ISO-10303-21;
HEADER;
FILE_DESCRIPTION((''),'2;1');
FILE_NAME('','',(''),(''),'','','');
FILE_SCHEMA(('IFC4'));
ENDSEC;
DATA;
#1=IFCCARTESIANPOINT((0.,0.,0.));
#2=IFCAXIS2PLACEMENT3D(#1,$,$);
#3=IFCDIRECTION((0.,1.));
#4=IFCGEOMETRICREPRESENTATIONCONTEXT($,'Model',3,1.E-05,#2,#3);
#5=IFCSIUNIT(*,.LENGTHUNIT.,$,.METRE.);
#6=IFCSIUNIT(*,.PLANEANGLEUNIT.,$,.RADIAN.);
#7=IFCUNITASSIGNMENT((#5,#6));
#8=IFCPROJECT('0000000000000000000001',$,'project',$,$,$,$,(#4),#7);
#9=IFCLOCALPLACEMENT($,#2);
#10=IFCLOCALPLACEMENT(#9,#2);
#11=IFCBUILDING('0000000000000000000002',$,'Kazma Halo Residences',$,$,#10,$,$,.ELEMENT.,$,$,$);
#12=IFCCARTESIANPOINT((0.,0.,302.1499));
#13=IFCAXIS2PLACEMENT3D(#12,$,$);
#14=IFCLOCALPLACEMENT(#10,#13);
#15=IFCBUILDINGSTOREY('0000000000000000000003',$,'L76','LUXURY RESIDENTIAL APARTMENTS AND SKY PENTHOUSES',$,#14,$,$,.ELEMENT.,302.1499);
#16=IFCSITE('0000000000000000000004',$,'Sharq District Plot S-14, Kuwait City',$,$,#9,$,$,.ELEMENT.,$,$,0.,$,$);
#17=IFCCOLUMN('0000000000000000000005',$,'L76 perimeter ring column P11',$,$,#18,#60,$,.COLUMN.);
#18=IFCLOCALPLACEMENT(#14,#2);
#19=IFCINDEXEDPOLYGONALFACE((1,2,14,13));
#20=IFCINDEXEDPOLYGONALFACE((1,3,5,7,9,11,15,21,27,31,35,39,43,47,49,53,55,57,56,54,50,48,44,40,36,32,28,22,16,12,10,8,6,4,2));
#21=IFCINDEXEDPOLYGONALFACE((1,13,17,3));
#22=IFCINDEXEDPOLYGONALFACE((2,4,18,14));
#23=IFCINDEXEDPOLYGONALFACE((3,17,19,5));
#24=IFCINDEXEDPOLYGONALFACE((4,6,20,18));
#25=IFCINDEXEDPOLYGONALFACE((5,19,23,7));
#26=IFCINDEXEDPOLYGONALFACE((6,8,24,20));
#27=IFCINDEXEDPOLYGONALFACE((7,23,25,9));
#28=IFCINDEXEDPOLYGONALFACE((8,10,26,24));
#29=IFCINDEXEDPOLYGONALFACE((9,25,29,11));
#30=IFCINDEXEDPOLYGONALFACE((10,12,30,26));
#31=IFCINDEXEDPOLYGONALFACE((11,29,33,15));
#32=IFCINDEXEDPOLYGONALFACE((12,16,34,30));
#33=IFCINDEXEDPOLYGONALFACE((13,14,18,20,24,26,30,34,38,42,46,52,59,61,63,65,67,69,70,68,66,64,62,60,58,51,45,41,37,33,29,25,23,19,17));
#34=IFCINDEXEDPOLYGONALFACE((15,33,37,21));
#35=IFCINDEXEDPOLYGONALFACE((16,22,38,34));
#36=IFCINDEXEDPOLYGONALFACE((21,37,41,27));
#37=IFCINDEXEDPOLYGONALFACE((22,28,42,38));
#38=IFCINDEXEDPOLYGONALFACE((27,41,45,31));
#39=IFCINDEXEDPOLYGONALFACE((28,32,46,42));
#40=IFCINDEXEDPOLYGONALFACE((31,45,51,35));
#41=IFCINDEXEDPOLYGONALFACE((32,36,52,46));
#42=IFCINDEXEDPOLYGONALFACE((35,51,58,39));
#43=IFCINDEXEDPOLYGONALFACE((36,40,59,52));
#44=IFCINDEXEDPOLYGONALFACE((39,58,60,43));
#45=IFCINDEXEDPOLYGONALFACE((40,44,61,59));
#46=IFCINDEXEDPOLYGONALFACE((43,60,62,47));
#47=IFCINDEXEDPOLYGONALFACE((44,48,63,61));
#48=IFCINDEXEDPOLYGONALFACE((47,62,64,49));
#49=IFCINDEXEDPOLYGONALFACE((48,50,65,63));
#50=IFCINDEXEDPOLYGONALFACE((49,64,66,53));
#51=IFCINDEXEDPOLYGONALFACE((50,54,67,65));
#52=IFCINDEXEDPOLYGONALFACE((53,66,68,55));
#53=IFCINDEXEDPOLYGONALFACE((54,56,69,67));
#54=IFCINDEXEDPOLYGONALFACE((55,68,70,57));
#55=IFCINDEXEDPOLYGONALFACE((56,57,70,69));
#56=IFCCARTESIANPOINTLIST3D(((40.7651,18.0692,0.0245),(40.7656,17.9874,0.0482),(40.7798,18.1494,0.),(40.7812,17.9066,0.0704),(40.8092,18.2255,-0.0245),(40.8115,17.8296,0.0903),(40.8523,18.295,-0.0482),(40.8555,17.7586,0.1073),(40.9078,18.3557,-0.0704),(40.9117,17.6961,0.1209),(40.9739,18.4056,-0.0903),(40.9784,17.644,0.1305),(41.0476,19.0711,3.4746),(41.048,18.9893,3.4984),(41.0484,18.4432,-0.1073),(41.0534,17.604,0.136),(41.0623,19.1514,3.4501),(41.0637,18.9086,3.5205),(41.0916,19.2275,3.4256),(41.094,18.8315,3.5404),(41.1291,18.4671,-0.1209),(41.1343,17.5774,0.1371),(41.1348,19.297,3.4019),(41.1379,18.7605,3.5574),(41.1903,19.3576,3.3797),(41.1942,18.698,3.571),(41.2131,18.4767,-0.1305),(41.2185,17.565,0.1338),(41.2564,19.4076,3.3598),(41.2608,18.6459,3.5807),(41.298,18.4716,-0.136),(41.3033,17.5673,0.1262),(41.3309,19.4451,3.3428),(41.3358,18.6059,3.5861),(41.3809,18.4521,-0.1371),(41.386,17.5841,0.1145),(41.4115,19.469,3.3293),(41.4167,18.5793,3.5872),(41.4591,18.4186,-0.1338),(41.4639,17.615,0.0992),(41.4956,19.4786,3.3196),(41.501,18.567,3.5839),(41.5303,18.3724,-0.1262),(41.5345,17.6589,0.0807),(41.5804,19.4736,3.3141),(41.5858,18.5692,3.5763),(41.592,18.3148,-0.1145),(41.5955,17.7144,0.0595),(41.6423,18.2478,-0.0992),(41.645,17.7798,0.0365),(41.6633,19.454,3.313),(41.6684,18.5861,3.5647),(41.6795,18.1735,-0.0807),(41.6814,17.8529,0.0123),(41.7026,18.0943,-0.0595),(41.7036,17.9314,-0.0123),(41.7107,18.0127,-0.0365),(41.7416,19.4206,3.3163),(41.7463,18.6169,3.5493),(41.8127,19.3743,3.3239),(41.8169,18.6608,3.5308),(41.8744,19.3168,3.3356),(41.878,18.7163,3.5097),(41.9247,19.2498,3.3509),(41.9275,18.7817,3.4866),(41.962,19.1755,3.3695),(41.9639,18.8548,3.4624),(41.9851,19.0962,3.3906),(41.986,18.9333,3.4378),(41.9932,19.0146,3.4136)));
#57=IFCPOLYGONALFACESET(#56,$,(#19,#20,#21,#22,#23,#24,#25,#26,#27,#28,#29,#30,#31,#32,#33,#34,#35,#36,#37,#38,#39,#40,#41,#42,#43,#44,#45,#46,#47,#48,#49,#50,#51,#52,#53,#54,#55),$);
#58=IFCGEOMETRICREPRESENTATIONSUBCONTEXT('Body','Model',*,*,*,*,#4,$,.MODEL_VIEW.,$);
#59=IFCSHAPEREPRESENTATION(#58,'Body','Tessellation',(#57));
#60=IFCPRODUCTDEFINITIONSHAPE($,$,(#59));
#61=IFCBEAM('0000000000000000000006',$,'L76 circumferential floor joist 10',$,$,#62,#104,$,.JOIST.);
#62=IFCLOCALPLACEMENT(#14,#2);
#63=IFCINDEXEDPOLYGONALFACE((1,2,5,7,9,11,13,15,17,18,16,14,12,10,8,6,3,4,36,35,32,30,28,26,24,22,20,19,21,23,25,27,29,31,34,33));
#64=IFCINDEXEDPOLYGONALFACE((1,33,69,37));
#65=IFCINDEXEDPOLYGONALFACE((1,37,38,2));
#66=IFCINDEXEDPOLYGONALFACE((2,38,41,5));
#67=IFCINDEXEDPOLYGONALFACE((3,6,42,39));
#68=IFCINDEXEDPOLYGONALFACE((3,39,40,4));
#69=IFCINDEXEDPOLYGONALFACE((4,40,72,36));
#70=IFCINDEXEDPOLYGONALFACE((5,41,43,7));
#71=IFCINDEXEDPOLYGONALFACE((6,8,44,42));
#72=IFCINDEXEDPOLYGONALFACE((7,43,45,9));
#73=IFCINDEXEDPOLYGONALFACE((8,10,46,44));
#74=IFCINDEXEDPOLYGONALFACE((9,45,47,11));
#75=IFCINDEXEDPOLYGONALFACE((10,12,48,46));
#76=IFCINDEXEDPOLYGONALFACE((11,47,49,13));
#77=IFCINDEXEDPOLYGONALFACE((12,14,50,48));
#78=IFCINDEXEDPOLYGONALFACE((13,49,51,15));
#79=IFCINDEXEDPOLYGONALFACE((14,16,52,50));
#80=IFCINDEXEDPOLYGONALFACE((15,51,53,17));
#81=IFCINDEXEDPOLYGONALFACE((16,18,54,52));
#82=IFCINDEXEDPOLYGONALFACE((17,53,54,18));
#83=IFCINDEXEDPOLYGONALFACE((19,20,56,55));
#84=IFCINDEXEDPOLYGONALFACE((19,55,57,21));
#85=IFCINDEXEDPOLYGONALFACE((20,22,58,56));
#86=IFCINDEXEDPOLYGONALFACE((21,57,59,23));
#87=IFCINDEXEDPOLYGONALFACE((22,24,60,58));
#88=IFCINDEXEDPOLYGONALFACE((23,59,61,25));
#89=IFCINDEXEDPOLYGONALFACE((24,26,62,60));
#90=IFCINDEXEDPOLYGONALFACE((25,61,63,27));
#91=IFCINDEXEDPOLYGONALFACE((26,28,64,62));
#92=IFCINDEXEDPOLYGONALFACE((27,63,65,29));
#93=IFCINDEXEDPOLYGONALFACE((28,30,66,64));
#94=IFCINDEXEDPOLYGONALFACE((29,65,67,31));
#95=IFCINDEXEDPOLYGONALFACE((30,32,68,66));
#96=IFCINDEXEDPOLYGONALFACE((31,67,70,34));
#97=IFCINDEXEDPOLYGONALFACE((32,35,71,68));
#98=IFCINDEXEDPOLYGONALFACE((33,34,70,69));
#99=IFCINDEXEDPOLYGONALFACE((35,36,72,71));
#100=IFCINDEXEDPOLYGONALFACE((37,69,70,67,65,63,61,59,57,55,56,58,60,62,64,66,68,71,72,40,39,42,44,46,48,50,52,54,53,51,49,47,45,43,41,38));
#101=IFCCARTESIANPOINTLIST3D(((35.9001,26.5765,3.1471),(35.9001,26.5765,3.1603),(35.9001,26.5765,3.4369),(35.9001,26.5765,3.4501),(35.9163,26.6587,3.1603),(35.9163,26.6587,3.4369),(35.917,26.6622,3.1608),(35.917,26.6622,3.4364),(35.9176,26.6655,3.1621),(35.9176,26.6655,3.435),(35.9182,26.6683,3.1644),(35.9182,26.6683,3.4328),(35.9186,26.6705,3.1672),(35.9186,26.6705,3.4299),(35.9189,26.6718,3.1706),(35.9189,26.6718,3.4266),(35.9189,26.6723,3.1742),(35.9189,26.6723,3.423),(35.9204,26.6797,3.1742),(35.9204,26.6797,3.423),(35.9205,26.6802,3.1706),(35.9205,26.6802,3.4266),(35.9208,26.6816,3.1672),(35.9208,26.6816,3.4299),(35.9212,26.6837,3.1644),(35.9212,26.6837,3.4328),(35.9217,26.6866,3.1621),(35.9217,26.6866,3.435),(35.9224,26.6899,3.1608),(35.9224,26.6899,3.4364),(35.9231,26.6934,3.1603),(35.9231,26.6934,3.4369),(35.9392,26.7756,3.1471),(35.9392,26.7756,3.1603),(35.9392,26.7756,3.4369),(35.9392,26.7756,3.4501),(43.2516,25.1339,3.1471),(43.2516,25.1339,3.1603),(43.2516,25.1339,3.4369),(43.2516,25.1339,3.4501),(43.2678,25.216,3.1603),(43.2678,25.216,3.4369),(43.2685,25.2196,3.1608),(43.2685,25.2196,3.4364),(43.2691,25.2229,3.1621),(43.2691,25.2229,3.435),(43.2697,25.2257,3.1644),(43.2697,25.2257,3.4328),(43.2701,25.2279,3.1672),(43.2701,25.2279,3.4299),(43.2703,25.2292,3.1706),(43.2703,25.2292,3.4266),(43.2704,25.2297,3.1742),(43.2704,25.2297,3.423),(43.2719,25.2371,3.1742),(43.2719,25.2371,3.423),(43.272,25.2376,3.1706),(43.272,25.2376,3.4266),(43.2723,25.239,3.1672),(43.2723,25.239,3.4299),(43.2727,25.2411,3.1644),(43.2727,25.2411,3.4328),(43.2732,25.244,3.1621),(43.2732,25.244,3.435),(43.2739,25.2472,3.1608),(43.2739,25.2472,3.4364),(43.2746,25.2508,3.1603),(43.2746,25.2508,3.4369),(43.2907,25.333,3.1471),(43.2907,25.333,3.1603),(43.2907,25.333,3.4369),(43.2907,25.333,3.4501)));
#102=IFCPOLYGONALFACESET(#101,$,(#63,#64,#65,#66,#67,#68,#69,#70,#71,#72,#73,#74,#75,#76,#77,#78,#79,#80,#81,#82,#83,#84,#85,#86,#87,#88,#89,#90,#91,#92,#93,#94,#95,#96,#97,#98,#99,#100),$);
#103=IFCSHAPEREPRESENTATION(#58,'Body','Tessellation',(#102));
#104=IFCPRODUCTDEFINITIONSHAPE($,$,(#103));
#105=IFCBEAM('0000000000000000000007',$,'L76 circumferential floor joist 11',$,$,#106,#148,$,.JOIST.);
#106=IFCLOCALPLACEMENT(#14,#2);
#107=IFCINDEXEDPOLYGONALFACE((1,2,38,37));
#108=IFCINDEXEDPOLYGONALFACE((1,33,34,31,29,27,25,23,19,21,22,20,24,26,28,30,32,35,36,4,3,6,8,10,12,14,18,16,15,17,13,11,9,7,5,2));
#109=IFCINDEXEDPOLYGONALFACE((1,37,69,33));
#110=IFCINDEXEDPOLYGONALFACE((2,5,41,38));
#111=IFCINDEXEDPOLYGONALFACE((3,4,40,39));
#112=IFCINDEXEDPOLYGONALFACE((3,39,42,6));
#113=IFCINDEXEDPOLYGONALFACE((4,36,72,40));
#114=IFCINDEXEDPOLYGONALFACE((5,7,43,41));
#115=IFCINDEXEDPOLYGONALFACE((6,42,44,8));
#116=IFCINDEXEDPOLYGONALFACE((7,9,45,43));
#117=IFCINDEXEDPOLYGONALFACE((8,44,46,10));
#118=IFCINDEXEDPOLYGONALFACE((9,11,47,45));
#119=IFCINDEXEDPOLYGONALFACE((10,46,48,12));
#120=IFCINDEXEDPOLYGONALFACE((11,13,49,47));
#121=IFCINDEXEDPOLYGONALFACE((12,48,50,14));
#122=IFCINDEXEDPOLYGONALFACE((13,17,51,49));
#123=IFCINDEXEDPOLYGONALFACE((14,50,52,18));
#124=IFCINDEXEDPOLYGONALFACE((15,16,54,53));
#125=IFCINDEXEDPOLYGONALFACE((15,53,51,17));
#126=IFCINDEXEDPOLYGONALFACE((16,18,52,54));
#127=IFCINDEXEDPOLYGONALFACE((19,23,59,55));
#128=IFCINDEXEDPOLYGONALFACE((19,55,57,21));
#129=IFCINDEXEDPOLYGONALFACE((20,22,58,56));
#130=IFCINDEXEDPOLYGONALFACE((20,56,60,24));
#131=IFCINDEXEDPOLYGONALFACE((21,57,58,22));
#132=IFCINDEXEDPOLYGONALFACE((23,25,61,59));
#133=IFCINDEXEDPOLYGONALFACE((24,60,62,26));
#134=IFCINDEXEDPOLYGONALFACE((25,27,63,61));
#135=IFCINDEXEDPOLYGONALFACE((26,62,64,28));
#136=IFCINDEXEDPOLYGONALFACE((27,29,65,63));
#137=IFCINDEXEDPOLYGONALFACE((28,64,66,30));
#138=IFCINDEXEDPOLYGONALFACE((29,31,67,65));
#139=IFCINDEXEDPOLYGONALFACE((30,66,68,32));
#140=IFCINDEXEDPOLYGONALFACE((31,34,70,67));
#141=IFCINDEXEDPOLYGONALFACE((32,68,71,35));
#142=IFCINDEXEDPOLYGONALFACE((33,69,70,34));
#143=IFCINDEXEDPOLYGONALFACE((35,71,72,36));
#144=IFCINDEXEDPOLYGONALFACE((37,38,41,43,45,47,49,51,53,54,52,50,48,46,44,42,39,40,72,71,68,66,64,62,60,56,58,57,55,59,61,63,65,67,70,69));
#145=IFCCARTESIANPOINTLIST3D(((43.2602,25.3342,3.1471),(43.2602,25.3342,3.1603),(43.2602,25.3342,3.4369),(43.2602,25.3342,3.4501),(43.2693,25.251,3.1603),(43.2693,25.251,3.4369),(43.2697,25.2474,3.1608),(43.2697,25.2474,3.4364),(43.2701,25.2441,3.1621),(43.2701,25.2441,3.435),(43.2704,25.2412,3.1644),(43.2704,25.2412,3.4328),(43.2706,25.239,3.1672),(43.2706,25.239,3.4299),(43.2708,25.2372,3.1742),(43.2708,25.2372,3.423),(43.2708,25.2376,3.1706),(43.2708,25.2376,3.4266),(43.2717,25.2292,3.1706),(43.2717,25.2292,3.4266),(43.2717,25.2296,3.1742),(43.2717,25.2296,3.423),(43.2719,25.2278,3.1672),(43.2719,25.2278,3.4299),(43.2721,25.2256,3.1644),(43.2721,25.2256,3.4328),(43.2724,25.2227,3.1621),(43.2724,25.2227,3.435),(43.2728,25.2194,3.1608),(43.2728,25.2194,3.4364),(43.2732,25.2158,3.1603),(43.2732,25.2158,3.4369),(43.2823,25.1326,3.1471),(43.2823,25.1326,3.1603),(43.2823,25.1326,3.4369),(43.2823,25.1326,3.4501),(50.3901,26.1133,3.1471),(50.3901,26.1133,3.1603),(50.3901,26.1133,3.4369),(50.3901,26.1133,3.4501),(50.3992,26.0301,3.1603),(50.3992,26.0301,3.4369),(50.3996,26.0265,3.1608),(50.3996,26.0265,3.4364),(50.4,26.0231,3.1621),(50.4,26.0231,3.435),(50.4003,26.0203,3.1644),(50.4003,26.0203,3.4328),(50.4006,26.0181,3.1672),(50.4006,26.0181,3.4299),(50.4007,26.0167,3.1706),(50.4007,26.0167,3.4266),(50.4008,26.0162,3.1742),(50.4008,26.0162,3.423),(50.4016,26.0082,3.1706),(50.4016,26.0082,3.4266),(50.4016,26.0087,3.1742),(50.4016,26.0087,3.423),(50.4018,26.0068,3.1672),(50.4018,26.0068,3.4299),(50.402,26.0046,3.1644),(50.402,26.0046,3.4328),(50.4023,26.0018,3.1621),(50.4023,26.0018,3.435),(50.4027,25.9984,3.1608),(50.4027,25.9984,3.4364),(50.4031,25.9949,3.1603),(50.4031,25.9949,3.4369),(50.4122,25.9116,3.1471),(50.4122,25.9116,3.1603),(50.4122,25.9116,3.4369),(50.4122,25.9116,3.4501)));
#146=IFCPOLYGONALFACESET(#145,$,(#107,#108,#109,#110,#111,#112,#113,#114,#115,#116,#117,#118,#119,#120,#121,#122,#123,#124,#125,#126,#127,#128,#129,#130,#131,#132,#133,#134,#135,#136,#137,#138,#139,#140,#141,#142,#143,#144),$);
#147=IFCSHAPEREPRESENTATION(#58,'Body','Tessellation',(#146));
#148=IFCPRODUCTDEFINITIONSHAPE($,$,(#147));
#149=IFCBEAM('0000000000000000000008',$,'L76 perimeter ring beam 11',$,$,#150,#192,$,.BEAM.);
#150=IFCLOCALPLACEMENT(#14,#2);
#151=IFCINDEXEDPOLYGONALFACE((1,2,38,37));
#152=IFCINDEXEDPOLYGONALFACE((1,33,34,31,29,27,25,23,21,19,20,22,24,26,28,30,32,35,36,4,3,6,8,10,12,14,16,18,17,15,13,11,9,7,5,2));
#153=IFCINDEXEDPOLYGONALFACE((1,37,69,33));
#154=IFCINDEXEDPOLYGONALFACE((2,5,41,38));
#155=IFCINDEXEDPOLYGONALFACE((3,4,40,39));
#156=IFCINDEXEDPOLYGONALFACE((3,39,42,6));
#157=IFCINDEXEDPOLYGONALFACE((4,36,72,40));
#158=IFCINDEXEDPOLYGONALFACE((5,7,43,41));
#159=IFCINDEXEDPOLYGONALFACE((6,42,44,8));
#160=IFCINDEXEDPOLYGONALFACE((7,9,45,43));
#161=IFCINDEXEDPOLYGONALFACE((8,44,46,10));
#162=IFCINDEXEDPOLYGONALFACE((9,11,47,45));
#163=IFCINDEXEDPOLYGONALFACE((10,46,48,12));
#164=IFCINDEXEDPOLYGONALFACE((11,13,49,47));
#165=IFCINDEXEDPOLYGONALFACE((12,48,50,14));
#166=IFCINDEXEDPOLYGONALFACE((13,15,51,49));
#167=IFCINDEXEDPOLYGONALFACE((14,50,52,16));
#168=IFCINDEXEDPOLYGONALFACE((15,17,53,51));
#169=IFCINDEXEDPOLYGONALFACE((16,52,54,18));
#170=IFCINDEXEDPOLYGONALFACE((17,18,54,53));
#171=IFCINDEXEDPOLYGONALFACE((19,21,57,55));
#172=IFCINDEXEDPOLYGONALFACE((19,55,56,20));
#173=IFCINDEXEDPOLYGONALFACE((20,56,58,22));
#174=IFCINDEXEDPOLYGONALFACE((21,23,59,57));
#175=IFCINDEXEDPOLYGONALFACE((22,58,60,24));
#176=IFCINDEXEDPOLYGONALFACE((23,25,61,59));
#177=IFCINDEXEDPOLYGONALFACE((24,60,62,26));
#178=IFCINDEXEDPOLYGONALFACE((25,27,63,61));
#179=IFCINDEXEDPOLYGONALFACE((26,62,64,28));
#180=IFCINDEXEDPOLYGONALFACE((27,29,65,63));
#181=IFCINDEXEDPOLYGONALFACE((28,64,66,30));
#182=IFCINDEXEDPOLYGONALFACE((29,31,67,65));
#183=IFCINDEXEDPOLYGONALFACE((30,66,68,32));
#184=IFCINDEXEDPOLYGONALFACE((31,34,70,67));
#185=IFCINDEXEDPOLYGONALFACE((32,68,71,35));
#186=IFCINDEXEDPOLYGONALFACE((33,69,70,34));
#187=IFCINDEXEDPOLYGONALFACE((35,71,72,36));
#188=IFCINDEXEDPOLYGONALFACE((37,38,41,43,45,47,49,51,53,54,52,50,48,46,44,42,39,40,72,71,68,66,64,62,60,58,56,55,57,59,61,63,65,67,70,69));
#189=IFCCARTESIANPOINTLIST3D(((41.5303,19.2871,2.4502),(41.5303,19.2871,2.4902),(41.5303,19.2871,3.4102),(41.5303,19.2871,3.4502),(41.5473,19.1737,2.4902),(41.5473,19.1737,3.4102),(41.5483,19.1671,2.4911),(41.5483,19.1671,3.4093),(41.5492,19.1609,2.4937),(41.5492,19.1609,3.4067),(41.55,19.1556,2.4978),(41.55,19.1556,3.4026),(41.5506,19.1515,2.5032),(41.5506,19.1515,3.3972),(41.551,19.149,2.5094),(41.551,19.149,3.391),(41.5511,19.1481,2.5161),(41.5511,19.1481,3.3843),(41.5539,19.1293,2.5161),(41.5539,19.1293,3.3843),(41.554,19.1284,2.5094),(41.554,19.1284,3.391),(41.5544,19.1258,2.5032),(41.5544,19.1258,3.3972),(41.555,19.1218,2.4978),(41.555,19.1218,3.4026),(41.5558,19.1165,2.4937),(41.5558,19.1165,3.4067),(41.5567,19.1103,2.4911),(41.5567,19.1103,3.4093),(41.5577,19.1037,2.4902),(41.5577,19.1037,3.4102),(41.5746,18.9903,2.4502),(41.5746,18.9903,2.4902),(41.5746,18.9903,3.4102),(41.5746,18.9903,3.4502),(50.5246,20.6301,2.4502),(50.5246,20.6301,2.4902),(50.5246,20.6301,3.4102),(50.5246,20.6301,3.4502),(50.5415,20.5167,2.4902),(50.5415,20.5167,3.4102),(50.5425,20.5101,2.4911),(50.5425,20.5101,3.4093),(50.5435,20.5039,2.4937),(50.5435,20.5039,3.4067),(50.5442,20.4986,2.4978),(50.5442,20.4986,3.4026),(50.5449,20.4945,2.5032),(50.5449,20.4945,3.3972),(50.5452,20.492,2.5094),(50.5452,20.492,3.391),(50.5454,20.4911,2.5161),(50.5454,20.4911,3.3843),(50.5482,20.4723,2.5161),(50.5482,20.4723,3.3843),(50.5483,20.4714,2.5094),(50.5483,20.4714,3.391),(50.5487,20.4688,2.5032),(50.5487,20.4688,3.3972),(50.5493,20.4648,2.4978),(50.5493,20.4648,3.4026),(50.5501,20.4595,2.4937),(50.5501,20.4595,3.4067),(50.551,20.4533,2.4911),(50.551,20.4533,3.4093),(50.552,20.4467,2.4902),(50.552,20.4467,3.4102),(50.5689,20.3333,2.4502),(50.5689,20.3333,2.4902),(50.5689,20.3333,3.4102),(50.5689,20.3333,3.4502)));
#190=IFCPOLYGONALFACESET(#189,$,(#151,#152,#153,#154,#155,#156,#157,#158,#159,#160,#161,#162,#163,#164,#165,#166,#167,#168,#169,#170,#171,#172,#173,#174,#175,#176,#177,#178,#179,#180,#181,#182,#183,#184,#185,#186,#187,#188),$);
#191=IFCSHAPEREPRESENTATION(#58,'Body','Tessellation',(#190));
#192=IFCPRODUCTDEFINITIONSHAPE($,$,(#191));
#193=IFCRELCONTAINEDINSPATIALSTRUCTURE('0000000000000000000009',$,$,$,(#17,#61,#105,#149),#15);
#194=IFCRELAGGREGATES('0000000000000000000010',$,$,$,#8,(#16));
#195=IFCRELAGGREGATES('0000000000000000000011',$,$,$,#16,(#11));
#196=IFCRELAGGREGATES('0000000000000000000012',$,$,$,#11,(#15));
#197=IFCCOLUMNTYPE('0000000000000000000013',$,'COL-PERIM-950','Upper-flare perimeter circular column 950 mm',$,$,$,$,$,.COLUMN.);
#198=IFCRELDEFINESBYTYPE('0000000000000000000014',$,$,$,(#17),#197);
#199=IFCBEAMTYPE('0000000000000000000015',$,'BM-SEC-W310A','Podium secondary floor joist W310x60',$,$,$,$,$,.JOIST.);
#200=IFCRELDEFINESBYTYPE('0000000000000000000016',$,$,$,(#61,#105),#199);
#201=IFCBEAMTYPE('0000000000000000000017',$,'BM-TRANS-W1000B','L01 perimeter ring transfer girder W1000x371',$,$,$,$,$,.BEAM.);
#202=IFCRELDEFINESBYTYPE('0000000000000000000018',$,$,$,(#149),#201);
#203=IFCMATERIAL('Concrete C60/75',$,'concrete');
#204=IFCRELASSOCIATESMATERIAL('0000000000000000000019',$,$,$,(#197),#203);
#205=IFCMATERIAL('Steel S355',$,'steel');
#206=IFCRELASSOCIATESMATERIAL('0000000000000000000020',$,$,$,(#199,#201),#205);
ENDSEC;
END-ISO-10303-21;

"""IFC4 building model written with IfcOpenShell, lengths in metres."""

from ifc_helpers import new_model, si_unit, direction, frame, origin, origin_2d, place, context, subcontext, project, spatial, circle, i_section, extrude, material, material_profile, profile_set, type_object, element, save


model = new_model("IFC4")

# Units and contexts
model_context = context("Model", 3, precision=1e-05, world=origin(), true_north=direction((0.0, 1.0)))
body_context = subcontext(model_context, "Body", "Model", "MODEL_VIEW")
ifc_project = project(units=[si_unit("LENGTHUNIT", "METRE"), si_unit("PLANEANGLEUNIT", "RADIAN")], contexts=[model_context])

# Site, building, storey
site_placement = place(None, origin())
site = spatial("IfcSite", under=ifc_project, at=site_placement, Name="Sharq District Plot S-14, Kuwait City", CompositionType="ELEMENT", RefElevation=0.0)
building_placement = place(site_placement, origin())
building = spatial("IfcBuilding", under=site, at=building_placement, Name="Kazma Halo Residences", CompositionType="ELEMENT")
storey_placement = place(building_placement, frame((0.0, 0.0, 302.1499)))
storey = spatial("IfcBuildingStorey", under=building, at=storey_placement, Name="L76", Description="LUXURY RESIDENTIAL APARTMENTS AND SKY PENTHOUSES", CompositionType="ELEMENT", Elevation=302.1499)

# Column
ifc_material_1 = material(Name="Concrete C60/75", Category="concrete")
ifc_material_profile_1 = material_profile(ifc_material_1, circle(Radius=0.4751, at=origin_2d()), Name="CIRC950")
ifc_profile_set_1 = profile_set([ifc_material_profile_1], Name="Concrete C60/75")
column_type = type_object("IfcColumnType", Name="COL-PERIM-950", Description="Upper-flare perimeter circular column 950 mm", PredefinedType="COLUMN", material=ifc_profile_set_1)
column_placement = place(storey_placement, frame((41.2371, 18.0205, 0.0), z_axis=(0.078381, 0.278025, 0.957371), x_axis=(-0.962483, 0.271343, 0.0)))
element("IfcColumn", 1, at=column_placement, inside=storey, type_object=column_type, Name="L76 perimeter ring column P11", PredefinedType="COLUMN", context=body_context, shape_type="SweptSolid", body=[
    extrude(circle(Radius=0.4751, at=origin_2d()), origin(), (0.0, 0.0, 1.0), 3.6038),
])

# Beams
ifc_material_2 = material(Name="Steel S355", Category="steel")
ifc_material_profile_2 = material_profile(ifc_material_2, i_section(OverallWidth=0.2029, OverallDepth=0.303, WebThickness=0.0076, FlangeThickness=0.0132, FilletRadius=0.0139, at=origin_2d()), Name="W310x60")
ifc_profile_set_2 = profile_set([ifc_material_profile_2], Name="Steel S355")
beam_type_1 = type_object("IfcBeamType", Name="BM-SEC-W310A", Description="Podium secondary floor joist W310x60", PredefinedType="JOIST", material=ifc_profile_set_2)
beam_1_placement = place(storey_placement, frame((35.9197, 26.676, 3.2986), z_axis=(0.981285, -0.192562, 0.0), x_axis=(0.192562, 0.981285, 0.0)))
element("IfcBeam", 2, at=beam_1_placement, inside=storey, type_object=beam_type_1, Name="L76 circumferential floor joist 10", PredefinedType="JOIST", context=body_context, shape_type="SweptSolid", body=[
    extrude(i_section(OverallWidth=0.2029, OverallDepth=0.303, WebThickness=0.0076, FlangeThickness=0.0132, FilletRadius=0.0139, at=origin_2d()), origin(), (0.0, 0.0, 1.0), 7.4917),
])
beam_2_placement = place(storey_placement, frame((43.2712, 25.2334, 3.2986), z_axis=(0.994083, 0.108619, 0.0), x_axis=(-0.108619, 0.994083, 0.0)))
element("IfcBeam", 3, at=beam_2_placement, inside=storey, type_object=beam_type_1, Name="L76 circumferential floor joist 11", PredefinedType="JOIST", context=body_context, shape_type="SweptSolid", body=[
    extrude(i_section(OverallWidth=0.2029, OverallDepth=0.303, WebThickness=0.0076, FlangeThickness=0.0132, FilletRadius=0.0139, at=origin_2d()), origin(), (0.0, 0.0, 1.0), 7.1724),
])
ifc_material_profile_3 = material_profile(ifc_material_2, i_section(OverallWidth=0.3, OverallDepth=1.0, WebThickness=0.019, FlangeThickness=0.04, FilletRadius=0.0259, at=origin_2d()), Name="W1000x371")
ifc_profile_set_3 = profile_set([ifc_material_profile_3], Name="Steel S355")
beam_type_2 = type_object("IfcBeamType", Name="BM-TRANS-W1000B", Description="L01 perimeter ring transfer girder W1000x371", PredefinedType="BEAM", material=ifc_profile_set_3)
beam_3_placement = place(storey_placement, frame((41.5525, 19.1387, 2.9502), z_axis=(0.989035, 0.14768, 0.0), x_axis=(-0.14768, 0.989035, 0.0)))
element("IfcBeam", 4, at=beam_3_placement, inside=storey, type_object=beam_type_2, Name="L76 perimeter ring beam 11", PredefinedType="BEAM", context=body_context, shape_type="SweptSolid", body=[
    extrude(i_section(OverallWidth=0.3, OverallDepth=1.0, WebThickness=0.019, FlangeThickness=0.04, FilletRadius=0.0259, at=origin_2d()), origin(), (0.0, 0.0, 1.0), 9.094),
])

save(model, "model.ifc")
